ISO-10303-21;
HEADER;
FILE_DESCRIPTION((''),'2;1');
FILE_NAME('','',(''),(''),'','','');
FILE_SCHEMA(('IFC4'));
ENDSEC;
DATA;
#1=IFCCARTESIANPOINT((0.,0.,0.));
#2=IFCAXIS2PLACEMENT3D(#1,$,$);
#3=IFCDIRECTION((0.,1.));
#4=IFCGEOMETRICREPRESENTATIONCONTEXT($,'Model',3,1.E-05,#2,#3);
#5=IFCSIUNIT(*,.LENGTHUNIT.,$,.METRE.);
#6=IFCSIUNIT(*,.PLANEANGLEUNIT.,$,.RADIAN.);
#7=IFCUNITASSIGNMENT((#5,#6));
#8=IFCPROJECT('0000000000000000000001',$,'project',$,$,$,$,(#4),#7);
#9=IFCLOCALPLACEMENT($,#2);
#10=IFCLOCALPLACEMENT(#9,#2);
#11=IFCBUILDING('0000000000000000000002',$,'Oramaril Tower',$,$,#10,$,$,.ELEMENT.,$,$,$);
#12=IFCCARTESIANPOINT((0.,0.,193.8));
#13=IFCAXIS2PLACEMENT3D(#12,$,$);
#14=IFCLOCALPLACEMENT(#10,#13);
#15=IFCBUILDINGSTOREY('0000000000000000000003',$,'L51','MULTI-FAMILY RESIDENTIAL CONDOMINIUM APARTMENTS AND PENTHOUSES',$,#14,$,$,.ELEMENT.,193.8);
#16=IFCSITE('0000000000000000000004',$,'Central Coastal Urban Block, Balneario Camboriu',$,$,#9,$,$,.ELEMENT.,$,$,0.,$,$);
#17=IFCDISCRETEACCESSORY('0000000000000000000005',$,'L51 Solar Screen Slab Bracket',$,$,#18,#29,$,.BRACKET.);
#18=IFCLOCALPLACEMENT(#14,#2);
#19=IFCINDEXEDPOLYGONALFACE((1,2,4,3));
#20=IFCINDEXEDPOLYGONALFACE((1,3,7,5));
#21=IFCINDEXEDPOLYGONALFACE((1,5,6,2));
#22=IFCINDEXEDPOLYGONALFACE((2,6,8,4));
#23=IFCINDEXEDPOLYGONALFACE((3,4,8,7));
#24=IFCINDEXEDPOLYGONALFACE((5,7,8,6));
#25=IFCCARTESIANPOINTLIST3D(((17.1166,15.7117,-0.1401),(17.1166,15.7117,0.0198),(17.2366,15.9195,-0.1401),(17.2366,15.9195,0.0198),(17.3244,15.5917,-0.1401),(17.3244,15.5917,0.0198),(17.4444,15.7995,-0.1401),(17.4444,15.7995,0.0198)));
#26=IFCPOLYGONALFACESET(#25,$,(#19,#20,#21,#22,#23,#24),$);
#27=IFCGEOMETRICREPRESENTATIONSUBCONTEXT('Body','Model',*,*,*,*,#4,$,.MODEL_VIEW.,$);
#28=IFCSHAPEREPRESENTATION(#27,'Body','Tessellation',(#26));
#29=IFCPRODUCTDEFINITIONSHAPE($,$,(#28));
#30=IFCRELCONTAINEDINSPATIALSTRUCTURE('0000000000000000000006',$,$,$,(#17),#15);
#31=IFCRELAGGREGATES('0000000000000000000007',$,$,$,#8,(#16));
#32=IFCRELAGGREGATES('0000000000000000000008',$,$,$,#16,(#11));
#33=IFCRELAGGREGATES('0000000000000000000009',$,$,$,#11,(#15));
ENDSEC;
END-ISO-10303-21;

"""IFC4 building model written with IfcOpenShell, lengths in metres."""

from ifc_helpers import new_model, si_unit, direction, frame, origin, origin_2d, place, context, subcontext, project, spatial, rectangle, extrude, element, save


model = new_model("IFC4")

# Units and contexts
model_context = context("Model", 3, precision=1e-05, world=origin(), true_north=direction((0.0, 1.0)))
body_context = subcontext(model_context, "Body", "Model", "MODEL_VIEW")
ifc_project = project(units=[si_unit("LENGTHUNIT", "METRE"), si_unit("PLANEANGLEUNIT", "RADIAN")], contexts=[model_context])

# Site, building, storey
site_placement = place(None, origin())
site = spatial("IfcSite", under=ifc_project, at=site_placement, Name="Central Coastal Urban Block, Balneario Camboriu", CompositionType="ELEMENT", RefElevation=0.0)
building_placement = place(site_placement, origin())
building = spatial("IfcBuilding", under=site, at=building_placement, Name="Oramaril Tower", CompositionType="ELEMENT")
storey_placement = place(building_placement, frame((0.0, 0.0, 193.8)))
storey = spatial("IfcBuildingStorey", under=building, at=storey_placement, Name="L51", Description="MULTI-FAMILY RESIDENTIAL CONDOMINIUM APARTMENTS AND PENTHOUSES", CompositionType="ELEMENT", Elevation=193.8)

# Discrete accessory
discrete_accessory_placement = place(storey_placement, frame((17.2805, 15.7556, -0.1401), z_axis=(0.0, 0.0, 1.0), x_axis=(-0.5, -0.866025, 0.0)))
element("IfcDiscreteAccessory", 1, at=discrete_accessory_placement, inside=storey, Name="L51 Solar Screen Slab Bracket", PredefinedType="BRACKET", context=body_context, shape_type="SweptSolid", body=[
    extrude(rectangle(XDim=0.24, YDim=0.24, at=origin_2d()), origin(), (0.0, 0.0, 1.0), 0.1599),
])

save(model, "model.ifc")
